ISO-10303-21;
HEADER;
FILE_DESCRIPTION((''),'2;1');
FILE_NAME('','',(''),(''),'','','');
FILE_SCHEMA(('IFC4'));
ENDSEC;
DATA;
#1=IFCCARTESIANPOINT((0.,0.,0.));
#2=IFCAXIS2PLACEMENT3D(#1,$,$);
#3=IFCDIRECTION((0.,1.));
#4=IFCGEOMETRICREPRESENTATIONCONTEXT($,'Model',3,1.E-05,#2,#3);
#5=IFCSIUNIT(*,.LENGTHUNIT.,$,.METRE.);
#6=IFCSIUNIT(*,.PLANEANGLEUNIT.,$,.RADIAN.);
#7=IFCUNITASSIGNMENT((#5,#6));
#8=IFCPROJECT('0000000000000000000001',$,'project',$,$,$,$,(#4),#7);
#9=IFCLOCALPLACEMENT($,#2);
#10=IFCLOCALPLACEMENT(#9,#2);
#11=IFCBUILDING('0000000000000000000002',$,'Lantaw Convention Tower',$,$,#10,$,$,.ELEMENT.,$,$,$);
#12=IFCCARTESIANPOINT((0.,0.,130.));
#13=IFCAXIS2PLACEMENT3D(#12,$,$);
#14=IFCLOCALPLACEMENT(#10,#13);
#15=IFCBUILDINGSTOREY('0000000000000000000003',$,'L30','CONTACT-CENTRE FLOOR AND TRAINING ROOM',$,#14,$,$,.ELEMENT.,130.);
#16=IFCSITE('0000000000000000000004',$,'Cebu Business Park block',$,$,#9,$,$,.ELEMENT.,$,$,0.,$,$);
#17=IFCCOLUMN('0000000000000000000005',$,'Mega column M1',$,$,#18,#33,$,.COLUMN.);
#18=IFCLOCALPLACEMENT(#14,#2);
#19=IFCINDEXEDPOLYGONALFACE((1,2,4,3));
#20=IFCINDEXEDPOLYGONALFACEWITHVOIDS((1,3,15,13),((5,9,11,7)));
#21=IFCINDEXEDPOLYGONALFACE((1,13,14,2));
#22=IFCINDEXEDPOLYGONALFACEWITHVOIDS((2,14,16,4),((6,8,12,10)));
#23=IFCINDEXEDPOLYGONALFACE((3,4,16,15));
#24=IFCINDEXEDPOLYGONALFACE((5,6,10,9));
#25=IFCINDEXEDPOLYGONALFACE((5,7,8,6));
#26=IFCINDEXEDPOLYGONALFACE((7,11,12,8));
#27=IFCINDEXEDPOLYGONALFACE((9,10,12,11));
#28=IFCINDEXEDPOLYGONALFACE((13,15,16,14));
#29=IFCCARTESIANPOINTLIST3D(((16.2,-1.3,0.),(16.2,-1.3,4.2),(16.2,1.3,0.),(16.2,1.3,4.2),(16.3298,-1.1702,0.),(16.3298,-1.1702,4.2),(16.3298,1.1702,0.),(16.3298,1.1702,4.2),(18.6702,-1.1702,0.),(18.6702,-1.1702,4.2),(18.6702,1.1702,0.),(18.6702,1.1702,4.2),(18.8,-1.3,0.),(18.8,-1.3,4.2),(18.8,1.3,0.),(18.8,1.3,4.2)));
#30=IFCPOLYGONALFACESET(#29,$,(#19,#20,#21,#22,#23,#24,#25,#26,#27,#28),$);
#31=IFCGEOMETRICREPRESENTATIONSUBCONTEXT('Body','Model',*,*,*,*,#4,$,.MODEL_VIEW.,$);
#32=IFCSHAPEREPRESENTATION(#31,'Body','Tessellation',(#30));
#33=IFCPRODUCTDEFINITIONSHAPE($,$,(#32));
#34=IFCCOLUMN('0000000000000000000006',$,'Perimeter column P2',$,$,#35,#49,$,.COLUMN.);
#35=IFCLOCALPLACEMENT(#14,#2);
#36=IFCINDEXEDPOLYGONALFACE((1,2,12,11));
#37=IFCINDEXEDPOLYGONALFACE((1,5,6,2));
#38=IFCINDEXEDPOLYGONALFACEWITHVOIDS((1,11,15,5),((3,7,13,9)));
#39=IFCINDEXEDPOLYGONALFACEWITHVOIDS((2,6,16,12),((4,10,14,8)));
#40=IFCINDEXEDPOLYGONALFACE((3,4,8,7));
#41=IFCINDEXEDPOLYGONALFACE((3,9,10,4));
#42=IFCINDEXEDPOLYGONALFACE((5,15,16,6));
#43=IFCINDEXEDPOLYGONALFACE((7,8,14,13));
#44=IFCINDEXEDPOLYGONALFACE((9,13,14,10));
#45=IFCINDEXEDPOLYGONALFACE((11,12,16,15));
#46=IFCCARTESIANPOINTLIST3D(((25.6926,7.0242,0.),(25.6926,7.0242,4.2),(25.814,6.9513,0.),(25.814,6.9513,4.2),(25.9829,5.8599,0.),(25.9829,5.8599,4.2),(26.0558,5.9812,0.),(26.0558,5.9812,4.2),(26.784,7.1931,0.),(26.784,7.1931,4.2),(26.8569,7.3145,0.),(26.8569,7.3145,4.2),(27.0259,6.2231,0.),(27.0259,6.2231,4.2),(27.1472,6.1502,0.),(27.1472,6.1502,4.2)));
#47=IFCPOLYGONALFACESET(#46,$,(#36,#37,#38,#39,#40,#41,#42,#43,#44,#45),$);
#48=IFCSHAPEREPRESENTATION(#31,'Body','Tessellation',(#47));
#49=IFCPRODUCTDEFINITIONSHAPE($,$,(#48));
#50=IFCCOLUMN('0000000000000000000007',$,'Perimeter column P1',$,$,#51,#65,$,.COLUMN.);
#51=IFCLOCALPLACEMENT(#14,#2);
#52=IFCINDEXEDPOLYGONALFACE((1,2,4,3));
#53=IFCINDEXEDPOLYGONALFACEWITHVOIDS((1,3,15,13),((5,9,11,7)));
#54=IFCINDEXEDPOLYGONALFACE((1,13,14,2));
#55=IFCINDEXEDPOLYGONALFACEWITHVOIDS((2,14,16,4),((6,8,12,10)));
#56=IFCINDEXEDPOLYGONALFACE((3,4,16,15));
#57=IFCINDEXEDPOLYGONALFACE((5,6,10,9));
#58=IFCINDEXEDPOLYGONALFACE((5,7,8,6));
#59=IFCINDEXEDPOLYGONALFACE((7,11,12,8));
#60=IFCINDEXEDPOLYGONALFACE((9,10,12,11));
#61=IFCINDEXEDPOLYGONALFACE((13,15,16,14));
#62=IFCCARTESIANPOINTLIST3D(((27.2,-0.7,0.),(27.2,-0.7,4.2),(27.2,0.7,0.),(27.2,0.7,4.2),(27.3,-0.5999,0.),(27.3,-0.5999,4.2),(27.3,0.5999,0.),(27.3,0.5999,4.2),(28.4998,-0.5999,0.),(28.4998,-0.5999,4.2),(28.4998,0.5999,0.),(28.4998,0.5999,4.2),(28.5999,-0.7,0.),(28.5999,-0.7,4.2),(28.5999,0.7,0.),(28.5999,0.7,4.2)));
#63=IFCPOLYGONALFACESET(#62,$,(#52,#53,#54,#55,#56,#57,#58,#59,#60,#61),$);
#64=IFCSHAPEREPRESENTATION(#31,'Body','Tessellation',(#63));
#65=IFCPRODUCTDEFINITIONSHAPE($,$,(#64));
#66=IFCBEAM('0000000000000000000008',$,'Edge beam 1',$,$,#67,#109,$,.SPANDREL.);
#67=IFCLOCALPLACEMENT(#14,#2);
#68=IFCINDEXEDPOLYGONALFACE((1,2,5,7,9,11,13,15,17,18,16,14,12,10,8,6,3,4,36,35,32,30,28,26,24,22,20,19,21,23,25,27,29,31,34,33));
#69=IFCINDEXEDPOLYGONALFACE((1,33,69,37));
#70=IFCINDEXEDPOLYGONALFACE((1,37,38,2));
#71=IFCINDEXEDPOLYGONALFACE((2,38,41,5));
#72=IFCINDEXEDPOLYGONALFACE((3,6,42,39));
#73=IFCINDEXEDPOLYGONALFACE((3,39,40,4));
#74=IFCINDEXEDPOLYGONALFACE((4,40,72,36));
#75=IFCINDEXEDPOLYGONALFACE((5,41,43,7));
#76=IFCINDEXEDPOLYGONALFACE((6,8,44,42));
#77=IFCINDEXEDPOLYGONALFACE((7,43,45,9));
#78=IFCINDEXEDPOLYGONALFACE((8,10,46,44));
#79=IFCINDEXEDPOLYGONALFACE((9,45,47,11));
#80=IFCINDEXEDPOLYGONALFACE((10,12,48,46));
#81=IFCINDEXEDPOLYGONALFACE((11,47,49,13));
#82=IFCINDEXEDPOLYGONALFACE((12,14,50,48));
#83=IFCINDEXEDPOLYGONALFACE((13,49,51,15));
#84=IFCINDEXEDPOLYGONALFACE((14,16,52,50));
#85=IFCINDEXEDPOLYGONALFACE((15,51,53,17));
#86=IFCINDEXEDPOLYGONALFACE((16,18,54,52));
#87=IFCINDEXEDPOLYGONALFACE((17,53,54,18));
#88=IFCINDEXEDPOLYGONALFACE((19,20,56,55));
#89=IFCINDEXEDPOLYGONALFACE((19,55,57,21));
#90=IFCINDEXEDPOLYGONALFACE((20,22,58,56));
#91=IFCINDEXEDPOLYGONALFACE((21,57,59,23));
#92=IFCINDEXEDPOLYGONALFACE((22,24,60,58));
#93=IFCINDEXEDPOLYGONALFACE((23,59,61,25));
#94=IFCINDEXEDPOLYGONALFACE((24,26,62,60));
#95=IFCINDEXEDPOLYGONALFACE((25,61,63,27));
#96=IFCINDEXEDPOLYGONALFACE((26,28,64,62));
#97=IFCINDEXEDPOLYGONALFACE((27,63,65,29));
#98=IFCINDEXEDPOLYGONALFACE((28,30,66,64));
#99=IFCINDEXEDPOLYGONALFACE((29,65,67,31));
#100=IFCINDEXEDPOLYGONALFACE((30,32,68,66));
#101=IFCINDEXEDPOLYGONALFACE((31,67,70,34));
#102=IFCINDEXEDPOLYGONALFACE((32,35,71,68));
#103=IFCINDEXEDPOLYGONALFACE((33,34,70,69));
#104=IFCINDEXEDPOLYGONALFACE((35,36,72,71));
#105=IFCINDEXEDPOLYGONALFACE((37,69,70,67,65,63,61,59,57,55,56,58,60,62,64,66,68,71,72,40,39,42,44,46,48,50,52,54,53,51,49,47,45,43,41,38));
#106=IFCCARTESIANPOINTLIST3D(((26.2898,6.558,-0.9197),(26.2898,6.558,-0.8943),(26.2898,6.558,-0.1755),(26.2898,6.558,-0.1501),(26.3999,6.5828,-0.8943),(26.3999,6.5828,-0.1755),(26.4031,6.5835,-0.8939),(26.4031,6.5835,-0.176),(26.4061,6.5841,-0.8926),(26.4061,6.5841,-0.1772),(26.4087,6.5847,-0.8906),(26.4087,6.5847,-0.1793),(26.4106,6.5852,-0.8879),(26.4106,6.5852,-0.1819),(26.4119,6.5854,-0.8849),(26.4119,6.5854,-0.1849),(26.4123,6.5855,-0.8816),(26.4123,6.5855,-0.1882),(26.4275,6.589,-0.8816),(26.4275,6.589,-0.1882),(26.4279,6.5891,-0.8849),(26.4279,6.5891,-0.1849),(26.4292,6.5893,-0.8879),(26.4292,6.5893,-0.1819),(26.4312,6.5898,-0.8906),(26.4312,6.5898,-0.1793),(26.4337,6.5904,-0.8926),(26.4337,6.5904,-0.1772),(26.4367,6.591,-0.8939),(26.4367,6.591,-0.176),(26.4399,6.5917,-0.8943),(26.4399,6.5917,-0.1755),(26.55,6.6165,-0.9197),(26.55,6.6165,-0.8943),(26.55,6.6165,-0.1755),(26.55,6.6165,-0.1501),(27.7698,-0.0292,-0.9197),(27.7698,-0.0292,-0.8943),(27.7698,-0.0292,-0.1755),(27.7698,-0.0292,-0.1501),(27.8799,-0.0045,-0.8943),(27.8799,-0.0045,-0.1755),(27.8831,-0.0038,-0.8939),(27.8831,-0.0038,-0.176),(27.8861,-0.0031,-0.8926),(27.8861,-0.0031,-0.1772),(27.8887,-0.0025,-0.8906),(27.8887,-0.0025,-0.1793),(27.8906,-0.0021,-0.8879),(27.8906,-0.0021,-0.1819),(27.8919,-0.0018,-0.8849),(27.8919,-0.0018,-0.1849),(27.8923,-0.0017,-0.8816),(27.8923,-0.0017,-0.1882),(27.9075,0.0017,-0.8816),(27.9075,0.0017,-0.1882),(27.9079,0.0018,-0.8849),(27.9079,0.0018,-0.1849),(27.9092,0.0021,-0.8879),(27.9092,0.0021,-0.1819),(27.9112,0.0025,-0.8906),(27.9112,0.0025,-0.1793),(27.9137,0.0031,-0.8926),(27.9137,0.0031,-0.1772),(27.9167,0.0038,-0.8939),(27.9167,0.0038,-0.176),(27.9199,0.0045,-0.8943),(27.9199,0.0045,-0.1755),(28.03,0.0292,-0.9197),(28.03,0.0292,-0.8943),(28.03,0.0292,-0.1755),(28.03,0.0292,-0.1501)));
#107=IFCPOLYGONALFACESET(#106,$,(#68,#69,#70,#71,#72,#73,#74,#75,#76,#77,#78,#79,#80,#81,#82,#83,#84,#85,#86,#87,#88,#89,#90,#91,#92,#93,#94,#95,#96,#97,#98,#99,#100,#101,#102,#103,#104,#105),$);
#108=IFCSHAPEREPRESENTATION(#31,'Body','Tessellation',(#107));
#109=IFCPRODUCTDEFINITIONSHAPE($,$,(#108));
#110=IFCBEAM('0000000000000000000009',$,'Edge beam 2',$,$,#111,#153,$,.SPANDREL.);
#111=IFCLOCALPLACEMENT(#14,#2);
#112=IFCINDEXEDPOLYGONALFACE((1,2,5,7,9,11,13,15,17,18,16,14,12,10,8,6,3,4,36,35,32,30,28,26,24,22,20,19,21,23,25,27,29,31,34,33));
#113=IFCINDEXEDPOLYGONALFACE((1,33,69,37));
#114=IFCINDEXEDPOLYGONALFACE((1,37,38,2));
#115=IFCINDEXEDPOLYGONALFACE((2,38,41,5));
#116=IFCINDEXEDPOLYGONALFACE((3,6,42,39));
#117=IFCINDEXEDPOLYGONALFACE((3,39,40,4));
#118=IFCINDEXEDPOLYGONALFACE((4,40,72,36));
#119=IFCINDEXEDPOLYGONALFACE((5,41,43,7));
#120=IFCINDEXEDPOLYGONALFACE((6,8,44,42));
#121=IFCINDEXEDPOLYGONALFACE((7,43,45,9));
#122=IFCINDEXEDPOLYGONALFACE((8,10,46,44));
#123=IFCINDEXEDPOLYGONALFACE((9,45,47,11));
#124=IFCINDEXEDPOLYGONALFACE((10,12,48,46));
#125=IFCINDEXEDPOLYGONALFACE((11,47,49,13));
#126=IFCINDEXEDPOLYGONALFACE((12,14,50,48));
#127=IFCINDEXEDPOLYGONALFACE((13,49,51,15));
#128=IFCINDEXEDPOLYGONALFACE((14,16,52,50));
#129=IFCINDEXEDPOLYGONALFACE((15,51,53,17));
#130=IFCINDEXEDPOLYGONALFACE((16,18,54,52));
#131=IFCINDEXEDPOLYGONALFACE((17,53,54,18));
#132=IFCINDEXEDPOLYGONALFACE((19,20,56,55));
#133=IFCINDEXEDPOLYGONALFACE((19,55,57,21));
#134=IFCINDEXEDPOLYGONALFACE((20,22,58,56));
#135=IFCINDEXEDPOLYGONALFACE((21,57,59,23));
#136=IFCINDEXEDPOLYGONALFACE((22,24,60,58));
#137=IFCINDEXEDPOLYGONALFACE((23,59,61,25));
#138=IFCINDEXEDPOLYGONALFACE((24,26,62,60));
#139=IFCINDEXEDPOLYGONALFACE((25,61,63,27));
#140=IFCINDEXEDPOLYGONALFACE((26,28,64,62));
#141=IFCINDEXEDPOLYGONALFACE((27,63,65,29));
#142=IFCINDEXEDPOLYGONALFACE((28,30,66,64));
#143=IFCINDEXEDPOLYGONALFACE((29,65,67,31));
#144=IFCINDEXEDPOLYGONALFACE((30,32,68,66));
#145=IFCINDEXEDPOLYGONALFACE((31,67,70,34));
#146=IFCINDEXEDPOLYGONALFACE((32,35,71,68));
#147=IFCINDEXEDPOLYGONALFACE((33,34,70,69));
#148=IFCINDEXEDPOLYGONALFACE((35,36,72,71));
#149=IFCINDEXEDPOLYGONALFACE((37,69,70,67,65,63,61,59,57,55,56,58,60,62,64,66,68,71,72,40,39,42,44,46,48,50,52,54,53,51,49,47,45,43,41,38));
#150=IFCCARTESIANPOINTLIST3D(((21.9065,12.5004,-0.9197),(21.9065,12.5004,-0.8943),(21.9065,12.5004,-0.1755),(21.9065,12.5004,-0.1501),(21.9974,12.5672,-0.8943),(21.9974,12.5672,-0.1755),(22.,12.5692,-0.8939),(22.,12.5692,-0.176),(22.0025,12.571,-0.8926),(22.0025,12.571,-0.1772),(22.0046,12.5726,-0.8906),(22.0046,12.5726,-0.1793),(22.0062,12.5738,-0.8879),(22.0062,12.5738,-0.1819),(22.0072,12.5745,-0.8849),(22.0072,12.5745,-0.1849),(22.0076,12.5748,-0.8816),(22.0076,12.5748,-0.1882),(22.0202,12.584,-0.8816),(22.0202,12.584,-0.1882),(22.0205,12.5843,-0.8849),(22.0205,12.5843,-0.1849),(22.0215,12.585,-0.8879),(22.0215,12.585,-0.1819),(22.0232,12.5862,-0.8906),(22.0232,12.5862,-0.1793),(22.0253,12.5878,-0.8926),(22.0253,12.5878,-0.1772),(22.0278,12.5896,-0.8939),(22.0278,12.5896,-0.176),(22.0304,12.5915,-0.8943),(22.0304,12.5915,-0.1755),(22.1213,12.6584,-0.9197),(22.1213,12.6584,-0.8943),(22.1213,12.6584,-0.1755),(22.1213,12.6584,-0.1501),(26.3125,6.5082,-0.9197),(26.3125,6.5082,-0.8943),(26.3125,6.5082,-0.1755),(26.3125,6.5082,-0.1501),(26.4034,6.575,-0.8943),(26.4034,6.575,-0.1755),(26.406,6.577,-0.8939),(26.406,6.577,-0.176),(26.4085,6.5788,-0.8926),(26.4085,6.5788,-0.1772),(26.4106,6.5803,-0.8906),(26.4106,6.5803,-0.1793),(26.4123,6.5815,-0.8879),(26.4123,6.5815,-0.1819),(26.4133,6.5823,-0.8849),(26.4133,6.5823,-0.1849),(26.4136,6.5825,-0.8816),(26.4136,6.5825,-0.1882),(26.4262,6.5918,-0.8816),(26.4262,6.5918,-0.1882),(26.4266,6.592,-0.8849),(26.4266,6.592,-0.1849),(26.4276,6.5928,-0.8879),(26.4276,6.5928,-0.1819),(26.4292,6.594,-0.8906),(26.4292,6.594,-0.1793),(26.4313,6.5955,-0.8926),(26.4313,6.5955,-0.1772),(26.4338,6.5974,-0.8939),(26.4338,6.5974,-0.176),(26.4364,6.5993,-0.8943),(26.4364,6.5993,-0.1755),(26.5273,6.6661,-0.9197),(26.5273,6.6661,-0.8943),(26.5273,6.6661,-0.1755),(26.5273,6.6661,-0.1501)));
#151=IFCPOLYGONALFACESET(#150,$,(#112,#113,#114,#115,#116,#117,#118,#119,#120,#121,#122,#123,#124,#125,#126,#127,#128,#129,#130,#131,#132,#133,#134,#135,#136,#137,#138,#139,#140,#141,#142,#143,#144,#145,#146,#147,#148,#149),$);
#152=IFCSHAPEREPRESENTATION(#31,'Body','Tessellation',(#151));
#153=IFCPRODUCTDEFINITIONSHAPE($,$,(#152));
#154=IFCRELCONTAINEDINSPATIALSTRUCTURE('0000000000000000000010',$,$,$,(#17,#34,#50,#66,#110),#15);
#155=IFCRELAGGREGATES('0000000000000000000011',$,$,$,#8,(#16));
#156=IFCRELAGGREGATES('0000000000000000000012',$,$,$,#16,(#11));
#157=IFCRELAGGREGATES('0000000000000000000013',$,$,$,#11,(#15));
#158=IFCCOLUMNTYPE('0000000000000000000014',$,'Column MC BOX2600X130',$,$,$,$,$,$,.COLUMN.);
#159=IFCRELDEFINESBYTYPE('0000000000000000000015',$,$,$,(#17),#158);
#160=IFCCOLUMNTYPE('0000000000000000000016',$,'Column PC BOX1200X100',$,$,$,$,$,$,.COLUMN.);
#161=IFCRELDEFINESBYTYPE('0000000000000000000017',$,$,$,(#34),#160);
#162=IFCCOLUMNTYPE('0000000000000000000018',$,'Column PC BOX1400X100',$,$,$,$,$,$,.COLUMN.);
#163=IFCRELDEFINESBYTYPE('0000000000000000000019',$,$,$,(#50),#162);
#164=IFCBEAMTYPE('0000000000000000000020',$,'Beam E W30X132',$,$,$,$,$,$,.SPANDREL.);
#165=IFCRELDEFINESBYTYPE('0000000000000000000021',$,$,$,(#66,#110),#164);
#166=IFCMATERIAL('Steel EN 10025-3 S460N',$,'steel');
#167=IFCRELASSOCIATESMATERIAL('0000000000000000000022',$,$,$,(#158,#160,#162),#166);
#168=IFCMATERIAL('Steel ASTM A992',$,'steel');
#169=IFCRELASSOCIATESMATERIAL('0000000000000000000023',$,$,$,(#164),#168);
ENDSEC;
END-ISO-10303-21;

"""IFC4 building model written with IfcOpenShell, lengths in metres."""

from ifc_helpers import new_model, si_unit, direction, frame, origin, origin_2d, place, context, subcontext, project, spatial, rectangle, hollow_rectangle, i_section, extrude, material, material_profile, profile_set, type_object, element, save


model = new_model("IFC4")

# Units and contexts
model_context = context("Model", 3, precision=1e-05, world=origin(), true_north=direction((0.0, 1.0)))
body_context = subcontext(model_context, "Body", "Model", "MODEL_VIEW")
ifc_project = project(units=[si_unit("LENGTHUNIT", "METRE"), si_unit("PLANEANGLEUNIT", "RADIAN")], contexts=[model_context])

# Site, building, storey
site_placement = place(None, origin())
site = spatial("IfcSite", under=ifc_project, at=site_placement, Name="Cebu Business Park block", CompositionType="ELEMENT", RefElevation=0.0)
building_placement = place(site_placement, origin())
building = spatial("IfcBuilding", under=site, at=building_placement, Name="Lantaw Convention Tower", CompositionType="ELEMENT")
storey_placement = place(building_placement, frame((0.0, 0.0, 130.0)))
storey = spatial("IfcBuildingStorey", under=building, at=storey_placement, Name="L30", Description="CONTACT-CENTRE FLOOR AND TRAINING ROOM", CompositionType="ELEMENT", Elevation=130.0)

# Columns
ifc_material_1 = material(Name="Steel EN 10025-3 S460N", Category="steel")
ifc_material_profile_1 = material_profile(ifc_material_1, hollow_rectangle(XDim=2.6001, YDim=2.6001, WallThickness=0.1299, at=origin_2d()), Name="BOX2600X130")
ifc_material_2 = material(Name="Concrete C60/75", Category="concrete")
ifc_material_profile_2 = material_profile(ifc_material_2, rectangle(XDim=2.3401, YDim=2.3401, at=origin_2d()), Name="Concrete fill of BOX2600X130")
ifc_profile_set_1 = profile_set([ifc_material_profile_1, ifc_material_profile_2], Name="Steel EN 10025-3 S460N")
column_type_1 = type_object("IfcColumnType", Name="Column MC BOX2600X130", PredefinedType="COLUMN", material=ifc_profile_set_1)
column_1_placement = place(storey_placement, frame((17.5, 0.0, 0.0), z_axis=(0.0, 0.0, 1.0), x_axis=(1.0, 0.0, 0.0)))
element("IfcColumn", 1, at=column_1_placement, inside=storey, type_object=column_type_1, Name="Mega column M1", PredefinedType="COLUMN", context=body_context, shape_type="SweptSolid", body=[
    extrude(hollow_rectangle(XDim=2.6001, YDim=2.6001, WallThickness=0.1299, at=origin_2d()), origin(), (0.0, 0.0, 1.0), 4.2),
])
ifc_material_profile_3 = material_profile(ifc_material_1, hollow_rectangle(XDim=1.2, YDim=1.2, WallThickness=0.1001, at=origin_2d()), Name="BOX1200X100")
ifc_material_profile_4 = material_profile(ifc_material_2, rectangle(XDim=1.0, YDim=1.0, at=origin_2d()), Name="Concrete fill of BOX1200X100")
ifc_profile_set_2 = profile_set([ifc_material_profile_3, ifc_material_profile_4], Name="Steel EN 10025-3 S460N")
column_type_2 = type_object("IfcColumnType", Name="Column PC BOX1200X100", PredefinedType="COLUMN", material=ifc_profile_set_2)
column_2_placement = place(storey_placement, frame((26.4199, 6.5872, 0.0), z_axis=(0.0, 0.0, 1.0), x_axis=(0.970296, 0.241922, 0.0)))
element("IfcColumn", 2, at=column_2_placement, inside=storey, type_object=column_type_2, Name="Perimeter column P2", PredefinedType="COLUMN", context=body_context, shape_type="SweptSolid", body=[
    extrude(hollow_rectangle(XDim=1.2, YDim=1.2, WallThickness=0.1001, at=origin_2d()), origin(), (0.0, 0.0, 1.0), 4.2),
])
ifc_material_profile_5 = material_profile(ifc_material_1, hollow_rectangle(XDim=1.3999, YDim=1.3999, WallThickness=0.1001, at=origin_2d()), Name="BOX1400X100")
ifc_material_profile_6 = material_profile(ifc_material_2, rectangle(XDim=1.2, YDim=1.2, at=origin_2d()), Name="Concrete fill of BOX1400X100")
ifc_profile_set_3 = profile_set([ifc_material_profile_5, ifc_material_profile_6], Name="Steel EN 10025-3 S460N")
column_type_3 = type_object("IfcColumnType", Name="Column PC BOX1400X100", PredefinedType="COLUMN", material=ifc_profile_set_3)
column_3_placement = place(storey_placement, frame((27.8999, 0.0, 0.0), z_axis=(0.0, 0.0, 1.0), x_axis=(1.0, 0.0, 0.0)))
element("IfcColumn", 3, at=column_3_placement, inside=storey, type_object=column_type_3, Name="Perimeter column P1", PredefinedType="COLUMN", context=body_context, shape_type="SweptSolid", body=[
    extrude(hollow_rectangle(XDim=1.3999, YDim=1.3999, WallThickness=0.1001, at=origin_2d()), origin(), (0.0, 0.0, 1.0), 4.2),
])

# Beams
ifc_material_3 = material(Name="Steel ASTM A992", Category="steel")
ifc_material_profile_7 = material_profile(ifc_material_3, i_section(OverallWidth=0.2666, OverallDepth=0.7695, WebThickness=0.0156, FlangeThickness=0.0254, FilletRadius=0.0127, at=origin_2d()), Name="W30X132")
ifc_profile_set_4 = profile_set([ifc_material_profile_7], Name="Steel ASTM A992")
beam_type_1 = type_object("IfcBeamType", Name="Beam E W30X132", PredefinedType="SPANDREL", material=ifc_profile_set_4)
beam_1_placement = place(storey_placement, frame((27.8999, 0.0, -0.5349), z_axis=(-0.219212, 0.975677, 0.0), x_axis=(-0.975677, -0.219212, 0.0)))
element("IfcBeam", 4, at=beam_1_placement, inside=storey, type_object=beam_type_1, Name="Edge beam 1", PredefinedType="SPANDREL", context=body_context, shape_type="SweptSolid", body=[
    extrude(i_section(OverallWidth=0.2666, OverallDepth=0.7695, WebThickness=0.0156, FlangeThickness=0.0254, FilletRadius=0.0127, at=origin_2d()), origin(), (0.0, 0.0, 1.0), 6.7515),
])
beam_2_placement = place(storey_placement, frame((26.4199, 6.5872, -0.5349), z_axis=(-0.592389, 0.805652, 0.0), x_axis=(-0.805652, -0.592389, 0.0)))
element("IfcBeam", 5, at=beam_2_placement, inside=storey, type_object=beam_type_1, Name="Edge beam 2", PredefinedType="SPANDREL", context=body_context, shape_type="SweptSolid", body=[
    extrude(i_section(OverallWidth=0.2666, OverallDepth=0.7695, WebThickness=0.0156, FlangeThickness=0.0254, FilletRadius=0.0127, at=origin_2d()), origin(), (0.0, 0.0, 1.0), 7.4377),
])

save(model, "model.ifc")
